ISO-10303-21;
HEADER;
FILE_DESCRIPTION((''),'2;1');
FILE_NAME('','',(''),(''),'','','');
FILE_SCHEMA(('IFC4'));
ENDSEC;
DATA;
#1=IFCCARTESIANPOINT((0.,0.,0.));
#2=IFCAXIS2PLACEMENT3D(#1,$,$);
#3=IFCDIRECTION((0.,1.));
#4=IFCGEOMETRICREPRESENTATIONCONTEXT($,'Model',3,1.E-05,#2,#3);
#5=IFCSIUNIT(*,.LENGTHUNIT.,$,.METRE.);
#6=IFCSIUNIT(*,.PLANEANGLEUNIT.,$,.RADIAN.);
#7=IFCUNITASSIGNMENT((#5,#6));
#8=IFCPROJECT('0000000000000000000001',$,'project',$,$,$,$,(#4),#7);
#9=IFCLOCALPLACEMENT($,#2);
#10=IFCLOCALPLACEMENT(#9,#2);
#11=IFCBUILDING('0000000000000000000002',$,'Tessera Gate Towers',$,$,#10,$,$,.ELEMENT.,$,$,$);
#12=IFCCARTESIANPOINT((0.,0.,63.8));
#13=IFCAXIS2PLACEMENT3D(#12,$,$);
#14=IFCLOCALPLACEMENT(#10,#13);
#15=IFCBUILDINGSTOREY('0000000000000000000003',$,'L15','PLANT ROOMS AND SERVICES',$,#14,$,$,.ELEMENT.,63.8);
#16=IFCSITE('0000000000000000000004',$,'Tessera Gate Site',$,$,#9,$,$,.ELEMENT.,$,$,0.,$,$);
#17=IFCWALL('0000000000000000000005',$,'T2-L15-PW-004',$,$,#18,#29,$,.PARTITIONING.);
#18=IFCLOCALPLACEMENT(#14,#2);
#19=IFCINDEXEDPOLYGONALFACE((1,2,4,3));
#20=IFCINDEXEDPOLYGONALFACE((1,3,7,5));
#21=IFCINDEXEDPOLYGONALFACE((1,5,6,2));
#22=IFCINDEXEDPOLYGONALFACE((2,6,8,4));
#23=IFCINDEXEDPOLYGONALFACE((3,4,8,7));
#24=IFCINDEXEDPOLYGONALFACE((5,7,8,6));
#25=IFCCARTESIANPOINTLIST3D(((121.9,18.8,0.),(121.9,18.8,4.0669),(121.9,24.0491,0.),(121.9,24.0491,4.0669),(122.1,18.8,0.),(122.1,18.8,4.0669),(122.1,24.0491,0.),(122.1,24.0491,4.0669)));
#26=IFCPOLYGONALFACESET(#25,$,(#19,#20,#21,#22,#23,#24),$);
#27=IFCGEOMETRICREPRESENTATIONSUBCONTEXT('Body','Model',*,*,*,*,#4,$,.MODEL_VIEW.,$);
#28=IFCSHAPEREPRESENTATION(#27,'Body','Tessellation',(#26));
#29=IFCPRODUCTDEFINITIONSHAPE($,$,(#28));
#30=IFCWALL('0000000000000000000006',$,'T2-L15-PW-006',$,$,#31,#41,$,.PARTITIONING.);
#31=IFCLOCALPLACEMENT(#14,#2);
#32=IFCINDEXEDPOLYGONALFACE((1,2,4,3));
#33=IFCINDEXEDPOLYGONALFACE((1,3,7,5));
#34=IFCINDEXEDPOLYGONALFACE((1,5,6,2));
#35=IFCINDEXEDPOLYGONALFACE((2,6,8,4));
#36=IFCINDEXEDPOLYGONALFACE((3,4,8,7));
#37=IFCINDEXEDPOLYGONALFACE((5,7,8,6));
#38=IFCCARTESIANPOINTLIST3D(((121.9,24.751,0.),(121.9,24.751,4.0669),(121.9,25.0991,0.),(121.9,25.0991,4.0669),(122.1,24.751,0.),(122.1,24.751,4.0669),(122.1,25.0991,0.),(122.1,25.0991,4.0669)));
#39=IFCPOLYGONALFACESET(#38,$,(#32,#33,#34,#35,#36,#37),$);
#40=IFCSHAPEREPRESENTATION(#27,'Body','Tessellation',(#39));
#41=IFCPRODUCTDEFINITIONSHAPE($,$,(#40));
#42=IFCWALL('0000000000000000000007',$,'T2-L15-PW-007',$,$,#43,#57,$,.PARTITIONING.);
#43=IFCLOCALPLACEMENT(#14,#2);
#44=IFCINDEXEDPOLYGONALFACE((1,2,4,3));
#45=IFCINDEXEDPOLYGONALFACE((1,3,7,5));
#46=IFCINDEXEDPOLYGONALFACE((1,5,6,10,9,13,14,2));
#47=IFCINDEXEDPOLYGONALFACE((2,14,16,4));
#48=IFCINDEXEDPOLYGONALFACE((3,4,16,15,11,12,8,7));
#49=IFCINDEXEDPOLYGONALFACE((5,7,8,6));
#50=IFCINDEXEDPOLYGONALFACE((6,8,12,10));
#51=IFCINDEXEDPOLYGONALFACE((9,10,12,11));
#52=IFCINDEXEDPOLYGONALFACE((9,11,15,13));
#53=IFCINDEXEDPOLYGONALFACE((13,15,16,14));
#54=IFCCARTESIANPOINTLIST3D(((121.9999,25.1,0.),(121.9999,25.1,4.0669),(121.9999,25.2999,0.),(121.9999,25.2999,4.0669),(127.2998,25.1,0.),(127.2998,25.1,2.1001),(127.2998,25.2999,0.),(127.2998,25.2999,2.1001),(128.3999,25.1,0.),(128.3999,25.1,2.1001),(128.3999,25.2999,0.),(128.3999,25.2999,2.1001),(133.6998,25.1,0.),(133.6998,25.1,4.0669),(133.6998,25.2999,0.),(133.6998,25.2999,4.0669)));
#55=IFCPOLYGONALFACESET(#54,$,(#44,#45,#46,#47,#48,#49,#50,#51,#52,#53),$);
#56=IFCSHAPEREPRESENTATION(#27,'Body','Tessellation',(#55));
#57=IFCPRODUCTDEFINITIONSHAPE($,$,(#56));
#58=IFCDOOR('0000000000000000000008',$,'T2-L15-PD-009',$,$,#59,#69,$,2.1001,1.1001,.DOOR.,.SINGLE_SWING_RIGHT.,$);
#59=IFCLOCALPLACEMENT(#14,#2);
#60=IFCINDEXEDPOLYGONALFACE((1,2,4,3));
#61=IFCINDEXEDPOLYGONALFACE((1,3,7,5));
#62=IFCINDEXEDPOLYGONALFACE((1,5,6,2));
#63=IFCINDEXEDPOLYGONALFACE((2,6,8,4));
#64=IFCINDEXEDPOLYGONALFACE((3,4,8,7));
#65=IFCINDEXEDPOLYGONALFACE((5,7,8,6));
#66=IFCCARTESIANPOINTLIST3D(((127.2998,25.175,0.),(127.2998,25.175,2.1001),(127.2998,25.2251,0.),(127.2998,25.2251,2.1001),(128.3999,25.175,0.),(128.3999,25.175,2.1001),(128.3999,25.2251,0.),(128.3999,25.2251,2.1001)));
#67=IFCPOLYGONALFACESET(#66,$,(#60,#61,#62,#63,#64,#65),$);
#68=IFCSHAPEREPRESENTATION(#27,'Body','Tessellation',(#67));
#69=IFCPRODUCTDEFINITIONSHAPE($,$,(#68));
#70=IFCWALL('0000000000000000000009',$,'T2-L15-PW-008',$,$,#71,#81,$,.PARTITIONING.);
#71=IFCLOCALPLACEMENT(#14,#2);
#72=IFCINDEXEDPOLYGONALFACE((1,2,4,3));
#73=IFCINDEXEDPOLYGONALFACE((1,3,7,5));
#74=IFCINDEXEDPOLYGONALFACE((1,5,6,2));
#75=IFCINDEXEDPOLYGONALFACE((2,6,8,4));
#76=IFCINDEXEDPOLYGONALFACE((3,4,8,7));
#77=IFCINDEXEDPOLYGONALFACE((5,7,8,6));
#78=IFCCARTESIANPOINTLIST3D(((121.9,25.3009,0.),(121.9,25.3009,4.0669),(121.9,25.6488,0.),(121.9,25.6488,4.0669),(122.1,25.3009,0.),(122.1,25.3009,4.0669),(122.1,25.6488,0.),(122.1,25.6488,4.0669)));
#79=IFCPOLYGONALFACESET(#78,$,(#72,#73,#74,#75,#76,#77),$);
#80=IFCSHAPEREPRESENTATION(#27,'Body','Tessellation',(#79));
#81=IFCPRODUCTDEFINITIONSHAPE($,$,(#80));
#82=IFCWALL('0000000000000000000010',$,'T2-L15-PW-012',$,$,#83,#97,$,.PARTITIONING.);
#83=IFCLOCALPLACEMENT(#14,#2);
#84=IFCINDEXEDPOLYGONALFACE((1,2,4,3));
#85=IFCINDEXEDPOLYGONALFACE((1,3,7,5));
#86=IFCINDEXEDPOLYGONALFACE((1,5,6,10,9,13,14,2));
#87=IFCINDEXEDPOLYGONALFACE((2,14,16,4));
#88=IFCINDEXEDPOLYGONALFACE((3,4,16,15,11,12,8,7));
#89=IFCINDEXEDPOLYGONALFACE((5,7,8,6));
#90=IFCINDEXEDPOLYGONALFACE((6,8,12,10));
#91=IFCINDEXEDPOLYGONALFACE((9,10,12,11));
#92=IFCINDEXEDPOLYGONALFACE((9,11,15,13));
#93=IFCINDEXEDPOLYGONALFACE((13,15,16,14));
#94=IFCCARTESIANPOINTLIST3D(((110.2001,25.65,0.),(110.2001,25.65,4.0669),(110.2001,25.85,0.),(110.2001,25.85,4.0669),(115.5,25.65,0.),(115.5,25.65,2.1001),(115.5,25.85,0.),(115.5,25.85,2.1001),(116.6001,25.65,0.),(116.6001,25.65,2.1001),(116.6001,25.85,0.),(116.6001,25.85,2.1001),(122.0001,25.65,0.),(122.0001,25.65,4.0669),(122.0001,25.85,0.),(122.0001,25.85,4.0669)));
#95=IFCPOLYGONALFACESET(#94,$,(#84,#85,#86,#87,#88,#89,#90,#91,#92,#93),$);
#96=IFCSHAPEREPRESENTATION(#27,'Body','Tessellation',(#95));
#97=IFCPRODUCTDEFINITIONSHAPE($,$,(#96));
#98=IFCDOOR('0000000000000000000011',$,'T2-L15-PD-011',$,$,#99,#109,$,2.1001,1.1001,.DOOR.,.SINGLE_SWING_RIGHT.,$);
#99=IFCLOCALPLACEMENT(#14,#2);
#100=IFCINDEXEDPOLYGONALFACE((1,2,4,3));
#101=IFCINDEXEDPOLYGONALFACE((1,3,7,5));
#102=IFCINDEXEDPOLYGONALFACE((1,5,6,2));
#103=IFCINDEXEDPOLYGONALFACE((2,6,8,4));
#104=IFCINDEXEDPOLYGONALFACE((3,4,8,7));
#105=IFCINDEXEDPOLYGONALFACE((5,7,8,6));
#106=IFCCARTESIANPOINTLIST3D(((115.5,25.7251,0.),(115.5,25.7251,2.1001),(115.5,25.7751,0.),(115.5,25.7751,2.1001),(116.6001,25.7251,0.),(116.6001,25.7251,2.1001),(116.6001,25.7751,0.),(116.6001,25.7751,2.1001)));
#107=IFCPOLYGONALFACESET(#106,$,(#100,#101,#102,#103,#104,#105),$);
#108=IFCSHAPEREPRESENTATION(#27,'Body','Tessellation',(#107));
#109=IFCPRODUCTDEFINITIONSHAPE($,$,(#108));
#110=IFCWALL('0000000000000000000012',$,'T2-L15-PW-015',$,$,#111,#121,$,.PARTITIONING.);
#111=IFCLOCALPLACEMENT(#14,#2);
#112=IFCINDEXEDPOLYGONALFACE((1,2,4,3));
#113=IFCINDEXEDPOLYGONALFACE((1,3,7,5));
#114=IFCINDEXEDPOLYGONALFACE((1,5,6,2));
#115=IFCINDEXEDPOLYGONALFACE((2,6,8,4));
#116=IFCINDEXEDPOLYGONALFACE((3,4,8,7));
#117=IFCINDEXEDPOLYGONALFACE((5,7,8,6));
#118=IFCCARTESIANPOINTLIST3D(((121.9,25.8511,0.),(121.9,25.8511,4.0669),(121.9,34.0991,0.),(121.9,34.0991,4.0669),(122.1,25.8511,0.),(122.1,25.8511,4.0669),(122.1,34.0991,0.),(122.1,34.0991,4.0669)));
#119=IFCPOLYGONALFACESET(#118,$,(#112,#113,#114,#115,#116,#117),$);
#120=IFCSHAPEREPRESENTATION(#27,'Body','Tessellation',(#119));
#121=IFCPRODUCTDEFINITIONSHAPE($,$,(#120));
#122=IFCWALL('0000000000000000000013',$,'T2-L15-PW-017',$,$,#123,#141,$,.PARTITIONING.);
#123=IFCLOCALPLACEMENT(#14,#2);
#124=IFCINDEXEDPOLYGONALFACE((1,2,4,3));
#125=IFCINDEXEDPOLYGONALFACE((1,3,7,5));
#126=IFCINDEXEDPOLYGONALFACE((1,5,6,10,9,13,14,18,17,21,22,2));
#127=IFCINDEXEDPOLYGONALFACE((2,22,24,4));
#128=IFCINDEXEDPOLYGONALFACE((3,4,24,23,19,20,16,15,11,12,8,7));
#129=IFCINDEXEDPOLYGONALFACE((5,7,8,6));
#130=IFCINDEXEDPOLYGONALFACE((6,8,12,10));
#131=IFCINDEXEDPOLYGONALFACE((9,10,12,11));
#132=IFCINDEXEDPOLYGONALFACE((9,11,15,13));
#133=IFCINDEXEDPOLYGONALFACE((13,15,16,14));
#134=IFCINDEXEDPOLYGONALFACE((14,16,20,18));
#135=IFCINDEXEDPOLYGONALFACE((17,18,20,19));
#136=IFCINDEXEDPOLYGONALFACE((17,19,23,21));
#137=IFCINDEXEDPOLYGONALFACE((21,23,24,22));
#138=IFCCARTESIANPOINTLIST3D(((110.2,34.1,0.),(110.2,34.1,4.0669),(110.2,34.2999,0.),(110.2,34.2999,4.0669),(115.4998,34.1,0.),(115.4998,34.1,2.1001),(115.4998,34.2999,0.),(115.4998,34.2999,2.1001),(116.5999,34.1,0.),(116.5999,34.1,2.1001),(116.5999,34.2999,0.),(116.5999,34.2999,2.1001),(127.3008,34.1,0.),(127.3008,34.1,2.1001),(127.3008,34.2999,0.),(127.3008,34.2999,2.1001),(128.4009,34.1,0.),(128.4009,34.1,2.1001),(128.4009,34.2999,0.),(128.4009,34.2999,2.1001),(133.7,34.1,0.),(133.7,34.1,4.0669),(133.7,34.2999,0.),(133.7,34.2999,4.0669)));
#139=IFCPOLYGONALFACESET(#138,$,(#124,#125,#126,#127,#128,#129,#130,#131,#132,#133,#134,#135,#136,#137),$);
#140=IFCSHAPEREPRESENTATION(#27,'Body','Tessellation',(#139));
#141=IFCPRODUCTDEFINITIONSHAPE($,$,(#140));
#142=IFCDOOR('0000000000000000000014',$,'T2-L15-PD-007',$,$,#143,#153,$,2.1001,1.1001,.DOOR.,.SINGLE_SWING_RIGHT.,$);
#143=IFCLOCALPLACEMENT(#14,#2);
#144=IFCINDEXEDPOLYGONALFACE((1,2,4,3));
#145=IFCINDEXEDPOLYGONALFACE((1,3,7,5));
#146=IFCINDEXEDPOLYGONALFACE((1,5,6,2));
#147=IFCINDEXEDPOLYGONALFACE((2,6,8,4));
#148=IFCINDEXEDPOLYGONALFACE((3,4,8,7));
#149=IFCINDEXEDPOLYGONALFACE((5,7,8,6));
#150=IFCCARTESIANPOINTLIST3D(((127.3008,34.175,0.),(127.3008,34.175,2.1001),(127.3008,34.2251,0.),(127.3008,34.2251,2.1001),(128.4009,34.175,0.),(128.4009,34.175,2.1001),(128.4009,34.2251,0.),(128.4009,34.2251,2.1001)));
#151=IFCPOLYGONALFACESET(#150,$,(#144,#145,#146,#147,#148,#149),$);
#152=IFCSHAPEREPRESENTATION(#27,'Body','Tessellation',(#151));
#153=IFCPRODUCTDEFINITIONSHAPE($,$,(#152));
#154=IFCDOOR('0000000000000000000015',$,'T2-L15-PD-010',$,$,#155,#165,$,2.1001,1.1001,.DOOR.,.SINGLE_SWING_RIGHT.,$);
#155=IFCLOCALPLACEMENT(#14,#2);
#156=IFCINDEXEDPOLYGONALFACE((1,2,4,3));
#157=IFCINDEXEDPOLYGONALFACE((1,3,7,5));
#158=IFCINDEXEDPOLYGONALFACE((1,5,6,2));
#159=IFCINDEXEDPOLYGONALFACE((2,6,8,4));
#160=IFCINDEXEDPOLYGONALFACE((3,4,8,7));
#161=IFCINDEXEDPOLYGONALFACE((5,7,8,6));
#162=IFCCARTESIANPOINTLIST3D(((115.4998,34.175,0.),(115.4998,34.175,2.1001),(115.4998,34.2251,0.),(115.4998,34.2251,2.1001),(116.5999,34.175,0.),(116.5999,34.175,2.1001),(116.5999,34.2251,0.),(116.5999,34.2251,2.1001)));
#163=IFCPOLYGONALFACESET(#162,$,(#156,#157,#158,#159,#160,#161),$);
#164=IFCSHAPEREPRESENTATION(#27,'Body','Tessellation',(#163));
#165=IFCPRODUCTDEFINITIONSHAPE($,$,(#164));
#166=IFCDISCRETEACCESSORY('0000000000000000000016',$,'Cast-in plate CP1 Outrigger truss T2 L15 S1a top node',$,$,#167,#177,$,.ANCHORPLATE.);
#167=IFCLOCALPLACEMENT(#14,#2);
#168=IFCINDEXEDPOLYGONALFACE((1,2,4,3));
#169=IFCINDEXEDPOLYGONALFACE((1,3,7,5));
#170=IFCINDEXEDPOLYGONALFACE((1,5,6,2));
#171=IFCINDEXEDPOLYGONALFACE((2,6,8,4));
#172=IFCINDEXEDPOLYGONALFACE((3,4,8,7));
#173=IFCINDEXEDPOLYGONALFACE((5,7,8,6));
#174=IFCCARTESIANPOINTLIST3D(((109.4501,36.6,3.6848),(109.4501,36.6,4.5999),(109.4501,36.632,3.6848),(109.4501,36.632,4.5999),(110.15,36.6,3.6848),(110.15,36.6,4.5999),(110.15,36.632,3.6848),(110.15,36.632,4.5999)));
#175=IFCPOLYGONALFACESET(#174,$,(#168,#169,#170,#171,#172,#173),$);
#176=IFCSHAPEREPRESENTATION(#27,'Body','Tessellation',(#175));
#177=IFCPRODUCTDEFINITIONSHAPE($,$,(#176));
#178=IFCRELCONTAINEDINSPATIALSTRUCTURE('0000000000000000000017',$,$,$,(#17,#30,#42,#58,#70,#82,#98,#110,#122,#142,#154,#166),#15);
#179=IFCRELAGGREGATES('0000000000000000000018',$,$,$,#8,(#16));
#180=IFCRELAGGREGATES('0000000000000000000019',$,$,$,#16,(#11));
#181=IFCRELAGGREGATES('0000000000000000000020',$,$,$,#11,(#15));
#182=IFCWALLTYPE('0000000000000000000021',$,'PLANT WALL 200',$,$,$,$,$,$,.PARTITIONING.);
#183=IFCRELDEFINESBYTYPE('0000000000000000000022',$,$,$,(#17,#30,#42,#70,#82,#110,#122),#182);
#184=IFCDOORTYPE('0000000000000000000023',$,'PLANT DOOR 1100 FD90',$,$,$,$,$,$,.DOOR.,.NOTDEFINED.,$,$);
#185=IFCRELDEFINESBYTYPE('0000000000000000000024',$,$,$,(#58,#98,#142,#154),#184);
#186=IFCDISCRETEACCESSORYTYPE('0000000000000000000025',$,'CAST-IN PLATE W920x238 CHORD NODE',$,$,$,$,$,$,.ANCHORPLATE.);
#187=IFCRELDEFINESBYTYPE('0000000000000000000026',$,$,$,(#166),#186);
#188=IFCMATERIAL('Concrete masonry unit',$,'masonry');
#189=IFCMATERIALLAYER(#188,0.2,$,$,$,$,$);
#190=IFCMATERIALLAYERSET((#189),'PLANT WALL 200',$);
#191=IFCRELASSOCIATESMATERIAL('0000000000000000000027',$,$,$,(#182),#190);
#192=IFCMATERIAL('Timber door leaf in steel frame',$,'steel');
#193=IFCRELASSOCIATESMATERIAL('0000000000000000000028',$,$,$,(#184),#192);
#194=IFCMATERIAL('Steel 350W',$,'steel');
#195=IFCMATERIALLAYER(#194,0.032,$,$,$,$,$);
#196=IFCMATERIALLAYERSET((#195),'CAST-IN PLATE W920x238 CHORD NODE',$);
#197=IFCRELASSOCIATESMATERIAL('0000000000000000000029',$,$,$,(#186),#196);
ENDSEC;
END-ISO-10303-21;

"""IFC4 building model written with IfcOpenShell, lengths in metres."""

from ifc_helpers import new_model, si_unit, direction, frame, frame_2d, origin, origin_2d, place, context, subcontext, project, spatial, rectangle, extrude, source, transform, mapped, material, layer, layer_set, type_object, element, fill, save


model = new_model("IFC4")

# Units and contexts
model_context = context("Model", 3, precision=1e-05, world=origin(), true_north=direction((0.0, 1.0)))
body_context = subcontext(model_context, "Body", "Model", "MODEL_VIEW")
ifc_project = project(units=[si_unit("LENGTHUNIT", "METRE"), si_unit("PLANEANGLEUNIT", "RADIAN")], contexts=[model_context])

# Site, building, storey
site_placement = place(None, origin())
site = spatial("IfcSite", under=ifc_project, at=site_placement, Name="Tessera Gate Site", CompositionType="ELEMENT", RefElevation=0.0)
building_placement = place(site_placement, origin())
building = spatial("IfcBuilding", under=site, at=building_placement, Name="Tessera Gate Towers", CompositionType="ELEMENT")
storey_placement = place(building_placement, frame((0.0, 0.0, 63.8)))
storey = spatial("IfcBuildingStorey", under=building, at=storey_placement, Name="L15", Description="PLANT ROOMS AND SERVICES", CompositionType="ELEMENT", Elevation=63.8)

# Walls
ifc_material_1 = material(Name="Concrete masonry unit", Category="masonry")
ifc_layer_1 = layer(ifc_material_1, 0.2)
ifc_layer_set_1 = layer_set([ifc_layer_1], Name="PLANT WALL 200")
wall_type_1 = type_object("IfcWallType", Name="PLANT WALL 200", PredefinedType="PARTITIONING", material=ifc_layer_set_1)
wall_1_placement = place(storey_placement, frame((122.0, 18.8, 0.0), z_axis=(0.0, 0.0, 1.0), x_axis=(0.0, 1.0, 0.0)))
element("IfcWall", 1, at=wall_1_placement, inside=storey, type_object=wall_type_1, Name="T2-L15-PW-004", PredefinedType="PARTITIONING", context=body_context, shape_type="SweptSolid", body=[
    extrude(rectangle(XDim=5.249, YDim=0.2, at=frame_2d((2.6245, 0.0))), origin(), (0.0, 0.0, 1.0), 4.0669),
])
wall_2_placement = place(storey_placement, frame((122.0, 24.751, 0.0), z_axis=(0.0, 0.0, 1.0), x_axis=(0.0, 1.0, 0.0)))
element("IfcWall", 2, at=wall_2_placement, inside=storey, type_object=wall_type_1, Name="T2-L15-PW-006", PredefinedType="PARTITIONING", context=body_context, shape_type="SweptSolid", body=[
    extrude(rectangle(XDim=0.3481, YDim=0.2, at=frame_2d((0.1741, 0.0))), origin(), (0.0, 0.0, 1.0), 4.0669),
])

# Wall, opening, door
wall_3_placement = place(storey_placement, frame((133.7, 25.2, 0.0), z_axis=(0.0, 0.0, 1.0), x_axis=(-1.0, 0.0, 0.0)))
wall_3 = element("IfcWall", 3, at=wall_3_placement, inside=storey, type_object=wall_type_1, Name="T2-L15-PW-007", PredefinedType="PARTITIONING", context=body_context, shape_type="SweptSolid", body=[
    extrude(rectangle(XDim=11.7, YDim=0.2, at=frame_2d((5.8501, 0.0))), origin(), (0.0, 0.0, 1.0), 4.0669),
])
shared_shape_1 = source(origin(), body_context, "Body", "SweptSolid", [
    extrude(rectangle(XDim=1.1001, YDim=2.1001, at=frame_2d((0.55, 1.05))), frame((0.0, 0.1099, 0.0), z_axis=(0.0, -1.0, 0.0), x_axis=(1.0, 0.0, 0.0)), (0.0, 0.0, 1.0), 0.22),
])
opening_1_placement = place(wall_3_placement, frame((5.3, 0.0, 0.0)))
opening_1 = element("IfcOpeningElement", 4, at=opening_1_placement, cuts=wall_3, PredefinedType="OPENING", context=body_context, shape_type="MappedRepresentation", body=[
    mapped(shared_shape_1, transform((0.0, 0.0, 0.0), scale=1.0)),
])
ifc_material_2 = material(Name="Timber door leaf in steel frame", Category="steel")
door_type = type_object("IfcDoorType", Name="PLANT DOOR 1100 FD90", OperationType="NOTDEFINED", PredefinedType="DOOR", material=ifc_material_2)
shared_shape_2 = source(origin(), body_context, "Body", "SweptSolid", [
    extrude(rectangle(XDim=1.1001, YDim=2.1001, at=frame_2d((0.55, 1.05))), frame((0.0, 0.0249, 0.0), z_axis=(0.0, -1.0, 0.0), x_axis=(1.0, 0.0, 0.0)), (0.0, 0.0, 1.0), 0.05),
])
door_1_placement = place(opening_1_placement, origin())
door_1 = element("IfcDoor", 5, at=door_1_placement, inside=storey, type_object=door_type, Name="T2-L15-PD-009", OperationType="SINGLE_SWING_RIGHT", OverallHeight=2.1001, OverallWidth=1.1001, PredefinedType="DOOR", context=body_context, shape_type="MappedRepresentation", body=[
    mapped(shared_shape_2, transform((0.0, 0.0, 0.0), scale=1.0)),
])
fill(opening_1, door_1)

# Wall
wall_4_placement = place(storey_placement, frame((122.0, 25.301, 0.0), z_axis=(0.0, 0.0, 1.0), x_axis=(0.0, 1.0, 0.0)))
element("IfcWall", 6, at=wall_4_placement, inside=storey, type_object=wall_type_1, Name="T2-L15-PW-008", PredefinedType="PARTITIONING", context=body_context, shape_type="SweptSolid", body=[
    extrude(rectangle(XDim=0.3479, YDim=0.2, at=frame_2d((0.1738, 0.0))), origin(), (0.0, 0.0, 1.0), 4.0669),
])

# Wall, opening, door
wall_5_placement = place(storey_placement, frame((122.0, 25.75, 0.0), z_axis=(0.0, 0.0, 1.0), x_axis=(-1.0, 0.0, 0.0)))
wall_5 = element("IfcWall", 7, at=wall_5_placement, inside=storey, type_object=wall_type_1, Name="T2-L15-PW-012", PredefinedType="PARTITIONING", context=body_context, shape_type="SweptSolid", body=[
    extrude(rectangle(XDim=11.8, YDim=0.2, at=frame_2d((5.8999, 0.0))), origin(), (0.0, 0.0, 1.0), 4.0669),
])
opening_2_placement = place(wall_5_placement, frame((5.3999, 0.0, 0.0)))
opening_2 = element("IfcOpeningElement", 8, at=opening_2_placement, cuts=wall_5, PredefinedType="OPENING", context=body_context, shape_type="MappedRepresentation", body=[
    mapped(shared_shape_1, transform((0.0, 0.0, 0.0), scale=1.0)),
])
door_2_placement = place(opening_2_placement, origin())
door_2 = element("IfcDoor", 9, at=door_2_placement, inside=storey, type_object=door_type, Name="T2-L15-PD-011", OperationType="SINGLE_SWING_RIGHT", OverallHeight=2.1001, OverallWidth=1.1001, PredefinedType="DOOR", context=body_context, shape_type="MappedRepresentation", body=[
    mapped(shared_shape_2, transform((0.0, 0.0, 0.0), scale=1.0)),
])
fill(opening_2, door_2)

# Wall
wall_6_placement = place(storey_placement, frame((122.0, 25.8511, 0.0), z_axis=(0.0, 0.0, 1.0), x_axis=(0.0, 1.0, 0.0)))
element("IfcWall", 10, at=wall_6_placement, inside=storey, type_object=wall_type_1, Name="T2-L15-PW-015", PredefinedType="PARTITIONING", context=body_context, shape_type="SweptSolid", body=[
    extrude(rectangle(XDim=8.248, YDim=0.2, at=frame_2d((4.124, 0.0))), origin(), (0.0, 0.0, 1.0), 4.0669),
])

# Wall, openings, doors
wall_7_placement = place(storey_placement, frame((133.7, 34.2, 0.0), z_axis=(0.0, 0.0, 1.0), x_axis=(-1.0, 0.0, 0.0)))
wall_7 = element("IfcWall", 11, at=wall_7_placement, inside=storey, type_object=wall_type_1, Name="T2-L15-PW-017", PredefinedType="PARTITIONING", context=body_context, shape_type="SweptSolid", body=[
    extrude(rectangle(XDim=23.5, YDim=0.2, at=frame_2d((11.75, 0.0))), origin(), (0.0, 0.0, 1.0), 4.0669),
])
opening_3_placement = place(wall_7_placement, frame((5.2991, 0.0, 0.0)))
opening_3 = element("IfcOpeningElement", 12, at=opening_3_placement, cuts=wall_7, PredefinedType="OPENING", context=body_context, shape_type="MappedRepresentation", body=[
    mapped(shared_shape_1, transform((0.0, 0.0, 0.0), scale=1.0)),
])
opening_4_placement = place(wall_7_placement, frame((17.1001, 0.0, 0.0)))
opening_4 = element("IfcOpeningElement", 13, at=opening_4_placement, cuts=wall_7, PredefinedType="OPENING", context=body_context, shape_type="MappedRepresentation", body=[
    mapped(shared_shape_1, transform((0.0, 0.0, 0.0), scale=1.0)),
])
door_3_placement = place(opening_3_placement, origin())
door_3 = element("IfcDoor", 14, at=door_3_placement, inside=storey, type_object=door_type, Name="T2-L15-PD-007", OperationType="SINGLE_SWING_RIGHT", OverallHeight=2.1001, OverallWidth=1.1001, PredefinedType="DOOR", context=body_context, shape_type="MappedRepresentation", body=[
    mapped(shared_shape_2, transform((0.0, 0.0, 0.0), scale=1.0)),
])
fill(opening_3, door_3)
door_4_placement = place(opening_4_placement, origin())
door_4 = element("IfcDoor", 15, at=door_4_placement, inside=storey, type_object=door_type, Name="T2-L15-PD-010", OperationType="SINGLE_SWING_RIGHT", OverallHeight=2.1001, OverallWidth=1.1001, PredefinedType="DOOR", context=body_context, shape_type="MappedRepresentation", body=[
    mapped(shared_shape_2, transform((0.0, 0.0, 0.0), scale=1.0)),
])
fill(opening_4, door_4)

# Discrete accessory
ifc_material_3 = material(Name="Steel 350W", Category="steel")
ifc_layer_2 = layer(ifc_material_3, 0.032)
ifc_layer_set_2 = layer_set([ifc_layer_2], Name="CAST-IN PLATE W920x238 CHORD NODE")
discrete_accessory_type = type_object("IfcDiscreteAccessoryType", Name="CAST-IN PLATE W920x238 CHORD NODE", PredefinedType="ANCHORPLATE", material=ifc_layer_set_2)
for number, where, z_axis, x_axis, name in (
    (16, (109.8, 36.616, 3.6848), (0.0, 0.0, 1.0), (1.0, 0.0, 0.0), "Cast-in plate CP1 Outrigger truss T2 L15 S1a top node"),
):
    element("IfcDiscreteAccessory", number, at=place(storey_placement, frame(where, z_axis=z_axis, x_axis=x_axis)), inside=storey, type_object=discrete_accessory_type, Name=name, PredefinedType="ANCHORPLATE", context=body_context, shape_type="SweptSolid", body=[
        extrude(rectangle(XDim=0.7, YDim=0.032, at=origin_2d()), origin(), (0.0, 0.0, 1.0), 0.915),
    ])

save(model, "model.ifc")
